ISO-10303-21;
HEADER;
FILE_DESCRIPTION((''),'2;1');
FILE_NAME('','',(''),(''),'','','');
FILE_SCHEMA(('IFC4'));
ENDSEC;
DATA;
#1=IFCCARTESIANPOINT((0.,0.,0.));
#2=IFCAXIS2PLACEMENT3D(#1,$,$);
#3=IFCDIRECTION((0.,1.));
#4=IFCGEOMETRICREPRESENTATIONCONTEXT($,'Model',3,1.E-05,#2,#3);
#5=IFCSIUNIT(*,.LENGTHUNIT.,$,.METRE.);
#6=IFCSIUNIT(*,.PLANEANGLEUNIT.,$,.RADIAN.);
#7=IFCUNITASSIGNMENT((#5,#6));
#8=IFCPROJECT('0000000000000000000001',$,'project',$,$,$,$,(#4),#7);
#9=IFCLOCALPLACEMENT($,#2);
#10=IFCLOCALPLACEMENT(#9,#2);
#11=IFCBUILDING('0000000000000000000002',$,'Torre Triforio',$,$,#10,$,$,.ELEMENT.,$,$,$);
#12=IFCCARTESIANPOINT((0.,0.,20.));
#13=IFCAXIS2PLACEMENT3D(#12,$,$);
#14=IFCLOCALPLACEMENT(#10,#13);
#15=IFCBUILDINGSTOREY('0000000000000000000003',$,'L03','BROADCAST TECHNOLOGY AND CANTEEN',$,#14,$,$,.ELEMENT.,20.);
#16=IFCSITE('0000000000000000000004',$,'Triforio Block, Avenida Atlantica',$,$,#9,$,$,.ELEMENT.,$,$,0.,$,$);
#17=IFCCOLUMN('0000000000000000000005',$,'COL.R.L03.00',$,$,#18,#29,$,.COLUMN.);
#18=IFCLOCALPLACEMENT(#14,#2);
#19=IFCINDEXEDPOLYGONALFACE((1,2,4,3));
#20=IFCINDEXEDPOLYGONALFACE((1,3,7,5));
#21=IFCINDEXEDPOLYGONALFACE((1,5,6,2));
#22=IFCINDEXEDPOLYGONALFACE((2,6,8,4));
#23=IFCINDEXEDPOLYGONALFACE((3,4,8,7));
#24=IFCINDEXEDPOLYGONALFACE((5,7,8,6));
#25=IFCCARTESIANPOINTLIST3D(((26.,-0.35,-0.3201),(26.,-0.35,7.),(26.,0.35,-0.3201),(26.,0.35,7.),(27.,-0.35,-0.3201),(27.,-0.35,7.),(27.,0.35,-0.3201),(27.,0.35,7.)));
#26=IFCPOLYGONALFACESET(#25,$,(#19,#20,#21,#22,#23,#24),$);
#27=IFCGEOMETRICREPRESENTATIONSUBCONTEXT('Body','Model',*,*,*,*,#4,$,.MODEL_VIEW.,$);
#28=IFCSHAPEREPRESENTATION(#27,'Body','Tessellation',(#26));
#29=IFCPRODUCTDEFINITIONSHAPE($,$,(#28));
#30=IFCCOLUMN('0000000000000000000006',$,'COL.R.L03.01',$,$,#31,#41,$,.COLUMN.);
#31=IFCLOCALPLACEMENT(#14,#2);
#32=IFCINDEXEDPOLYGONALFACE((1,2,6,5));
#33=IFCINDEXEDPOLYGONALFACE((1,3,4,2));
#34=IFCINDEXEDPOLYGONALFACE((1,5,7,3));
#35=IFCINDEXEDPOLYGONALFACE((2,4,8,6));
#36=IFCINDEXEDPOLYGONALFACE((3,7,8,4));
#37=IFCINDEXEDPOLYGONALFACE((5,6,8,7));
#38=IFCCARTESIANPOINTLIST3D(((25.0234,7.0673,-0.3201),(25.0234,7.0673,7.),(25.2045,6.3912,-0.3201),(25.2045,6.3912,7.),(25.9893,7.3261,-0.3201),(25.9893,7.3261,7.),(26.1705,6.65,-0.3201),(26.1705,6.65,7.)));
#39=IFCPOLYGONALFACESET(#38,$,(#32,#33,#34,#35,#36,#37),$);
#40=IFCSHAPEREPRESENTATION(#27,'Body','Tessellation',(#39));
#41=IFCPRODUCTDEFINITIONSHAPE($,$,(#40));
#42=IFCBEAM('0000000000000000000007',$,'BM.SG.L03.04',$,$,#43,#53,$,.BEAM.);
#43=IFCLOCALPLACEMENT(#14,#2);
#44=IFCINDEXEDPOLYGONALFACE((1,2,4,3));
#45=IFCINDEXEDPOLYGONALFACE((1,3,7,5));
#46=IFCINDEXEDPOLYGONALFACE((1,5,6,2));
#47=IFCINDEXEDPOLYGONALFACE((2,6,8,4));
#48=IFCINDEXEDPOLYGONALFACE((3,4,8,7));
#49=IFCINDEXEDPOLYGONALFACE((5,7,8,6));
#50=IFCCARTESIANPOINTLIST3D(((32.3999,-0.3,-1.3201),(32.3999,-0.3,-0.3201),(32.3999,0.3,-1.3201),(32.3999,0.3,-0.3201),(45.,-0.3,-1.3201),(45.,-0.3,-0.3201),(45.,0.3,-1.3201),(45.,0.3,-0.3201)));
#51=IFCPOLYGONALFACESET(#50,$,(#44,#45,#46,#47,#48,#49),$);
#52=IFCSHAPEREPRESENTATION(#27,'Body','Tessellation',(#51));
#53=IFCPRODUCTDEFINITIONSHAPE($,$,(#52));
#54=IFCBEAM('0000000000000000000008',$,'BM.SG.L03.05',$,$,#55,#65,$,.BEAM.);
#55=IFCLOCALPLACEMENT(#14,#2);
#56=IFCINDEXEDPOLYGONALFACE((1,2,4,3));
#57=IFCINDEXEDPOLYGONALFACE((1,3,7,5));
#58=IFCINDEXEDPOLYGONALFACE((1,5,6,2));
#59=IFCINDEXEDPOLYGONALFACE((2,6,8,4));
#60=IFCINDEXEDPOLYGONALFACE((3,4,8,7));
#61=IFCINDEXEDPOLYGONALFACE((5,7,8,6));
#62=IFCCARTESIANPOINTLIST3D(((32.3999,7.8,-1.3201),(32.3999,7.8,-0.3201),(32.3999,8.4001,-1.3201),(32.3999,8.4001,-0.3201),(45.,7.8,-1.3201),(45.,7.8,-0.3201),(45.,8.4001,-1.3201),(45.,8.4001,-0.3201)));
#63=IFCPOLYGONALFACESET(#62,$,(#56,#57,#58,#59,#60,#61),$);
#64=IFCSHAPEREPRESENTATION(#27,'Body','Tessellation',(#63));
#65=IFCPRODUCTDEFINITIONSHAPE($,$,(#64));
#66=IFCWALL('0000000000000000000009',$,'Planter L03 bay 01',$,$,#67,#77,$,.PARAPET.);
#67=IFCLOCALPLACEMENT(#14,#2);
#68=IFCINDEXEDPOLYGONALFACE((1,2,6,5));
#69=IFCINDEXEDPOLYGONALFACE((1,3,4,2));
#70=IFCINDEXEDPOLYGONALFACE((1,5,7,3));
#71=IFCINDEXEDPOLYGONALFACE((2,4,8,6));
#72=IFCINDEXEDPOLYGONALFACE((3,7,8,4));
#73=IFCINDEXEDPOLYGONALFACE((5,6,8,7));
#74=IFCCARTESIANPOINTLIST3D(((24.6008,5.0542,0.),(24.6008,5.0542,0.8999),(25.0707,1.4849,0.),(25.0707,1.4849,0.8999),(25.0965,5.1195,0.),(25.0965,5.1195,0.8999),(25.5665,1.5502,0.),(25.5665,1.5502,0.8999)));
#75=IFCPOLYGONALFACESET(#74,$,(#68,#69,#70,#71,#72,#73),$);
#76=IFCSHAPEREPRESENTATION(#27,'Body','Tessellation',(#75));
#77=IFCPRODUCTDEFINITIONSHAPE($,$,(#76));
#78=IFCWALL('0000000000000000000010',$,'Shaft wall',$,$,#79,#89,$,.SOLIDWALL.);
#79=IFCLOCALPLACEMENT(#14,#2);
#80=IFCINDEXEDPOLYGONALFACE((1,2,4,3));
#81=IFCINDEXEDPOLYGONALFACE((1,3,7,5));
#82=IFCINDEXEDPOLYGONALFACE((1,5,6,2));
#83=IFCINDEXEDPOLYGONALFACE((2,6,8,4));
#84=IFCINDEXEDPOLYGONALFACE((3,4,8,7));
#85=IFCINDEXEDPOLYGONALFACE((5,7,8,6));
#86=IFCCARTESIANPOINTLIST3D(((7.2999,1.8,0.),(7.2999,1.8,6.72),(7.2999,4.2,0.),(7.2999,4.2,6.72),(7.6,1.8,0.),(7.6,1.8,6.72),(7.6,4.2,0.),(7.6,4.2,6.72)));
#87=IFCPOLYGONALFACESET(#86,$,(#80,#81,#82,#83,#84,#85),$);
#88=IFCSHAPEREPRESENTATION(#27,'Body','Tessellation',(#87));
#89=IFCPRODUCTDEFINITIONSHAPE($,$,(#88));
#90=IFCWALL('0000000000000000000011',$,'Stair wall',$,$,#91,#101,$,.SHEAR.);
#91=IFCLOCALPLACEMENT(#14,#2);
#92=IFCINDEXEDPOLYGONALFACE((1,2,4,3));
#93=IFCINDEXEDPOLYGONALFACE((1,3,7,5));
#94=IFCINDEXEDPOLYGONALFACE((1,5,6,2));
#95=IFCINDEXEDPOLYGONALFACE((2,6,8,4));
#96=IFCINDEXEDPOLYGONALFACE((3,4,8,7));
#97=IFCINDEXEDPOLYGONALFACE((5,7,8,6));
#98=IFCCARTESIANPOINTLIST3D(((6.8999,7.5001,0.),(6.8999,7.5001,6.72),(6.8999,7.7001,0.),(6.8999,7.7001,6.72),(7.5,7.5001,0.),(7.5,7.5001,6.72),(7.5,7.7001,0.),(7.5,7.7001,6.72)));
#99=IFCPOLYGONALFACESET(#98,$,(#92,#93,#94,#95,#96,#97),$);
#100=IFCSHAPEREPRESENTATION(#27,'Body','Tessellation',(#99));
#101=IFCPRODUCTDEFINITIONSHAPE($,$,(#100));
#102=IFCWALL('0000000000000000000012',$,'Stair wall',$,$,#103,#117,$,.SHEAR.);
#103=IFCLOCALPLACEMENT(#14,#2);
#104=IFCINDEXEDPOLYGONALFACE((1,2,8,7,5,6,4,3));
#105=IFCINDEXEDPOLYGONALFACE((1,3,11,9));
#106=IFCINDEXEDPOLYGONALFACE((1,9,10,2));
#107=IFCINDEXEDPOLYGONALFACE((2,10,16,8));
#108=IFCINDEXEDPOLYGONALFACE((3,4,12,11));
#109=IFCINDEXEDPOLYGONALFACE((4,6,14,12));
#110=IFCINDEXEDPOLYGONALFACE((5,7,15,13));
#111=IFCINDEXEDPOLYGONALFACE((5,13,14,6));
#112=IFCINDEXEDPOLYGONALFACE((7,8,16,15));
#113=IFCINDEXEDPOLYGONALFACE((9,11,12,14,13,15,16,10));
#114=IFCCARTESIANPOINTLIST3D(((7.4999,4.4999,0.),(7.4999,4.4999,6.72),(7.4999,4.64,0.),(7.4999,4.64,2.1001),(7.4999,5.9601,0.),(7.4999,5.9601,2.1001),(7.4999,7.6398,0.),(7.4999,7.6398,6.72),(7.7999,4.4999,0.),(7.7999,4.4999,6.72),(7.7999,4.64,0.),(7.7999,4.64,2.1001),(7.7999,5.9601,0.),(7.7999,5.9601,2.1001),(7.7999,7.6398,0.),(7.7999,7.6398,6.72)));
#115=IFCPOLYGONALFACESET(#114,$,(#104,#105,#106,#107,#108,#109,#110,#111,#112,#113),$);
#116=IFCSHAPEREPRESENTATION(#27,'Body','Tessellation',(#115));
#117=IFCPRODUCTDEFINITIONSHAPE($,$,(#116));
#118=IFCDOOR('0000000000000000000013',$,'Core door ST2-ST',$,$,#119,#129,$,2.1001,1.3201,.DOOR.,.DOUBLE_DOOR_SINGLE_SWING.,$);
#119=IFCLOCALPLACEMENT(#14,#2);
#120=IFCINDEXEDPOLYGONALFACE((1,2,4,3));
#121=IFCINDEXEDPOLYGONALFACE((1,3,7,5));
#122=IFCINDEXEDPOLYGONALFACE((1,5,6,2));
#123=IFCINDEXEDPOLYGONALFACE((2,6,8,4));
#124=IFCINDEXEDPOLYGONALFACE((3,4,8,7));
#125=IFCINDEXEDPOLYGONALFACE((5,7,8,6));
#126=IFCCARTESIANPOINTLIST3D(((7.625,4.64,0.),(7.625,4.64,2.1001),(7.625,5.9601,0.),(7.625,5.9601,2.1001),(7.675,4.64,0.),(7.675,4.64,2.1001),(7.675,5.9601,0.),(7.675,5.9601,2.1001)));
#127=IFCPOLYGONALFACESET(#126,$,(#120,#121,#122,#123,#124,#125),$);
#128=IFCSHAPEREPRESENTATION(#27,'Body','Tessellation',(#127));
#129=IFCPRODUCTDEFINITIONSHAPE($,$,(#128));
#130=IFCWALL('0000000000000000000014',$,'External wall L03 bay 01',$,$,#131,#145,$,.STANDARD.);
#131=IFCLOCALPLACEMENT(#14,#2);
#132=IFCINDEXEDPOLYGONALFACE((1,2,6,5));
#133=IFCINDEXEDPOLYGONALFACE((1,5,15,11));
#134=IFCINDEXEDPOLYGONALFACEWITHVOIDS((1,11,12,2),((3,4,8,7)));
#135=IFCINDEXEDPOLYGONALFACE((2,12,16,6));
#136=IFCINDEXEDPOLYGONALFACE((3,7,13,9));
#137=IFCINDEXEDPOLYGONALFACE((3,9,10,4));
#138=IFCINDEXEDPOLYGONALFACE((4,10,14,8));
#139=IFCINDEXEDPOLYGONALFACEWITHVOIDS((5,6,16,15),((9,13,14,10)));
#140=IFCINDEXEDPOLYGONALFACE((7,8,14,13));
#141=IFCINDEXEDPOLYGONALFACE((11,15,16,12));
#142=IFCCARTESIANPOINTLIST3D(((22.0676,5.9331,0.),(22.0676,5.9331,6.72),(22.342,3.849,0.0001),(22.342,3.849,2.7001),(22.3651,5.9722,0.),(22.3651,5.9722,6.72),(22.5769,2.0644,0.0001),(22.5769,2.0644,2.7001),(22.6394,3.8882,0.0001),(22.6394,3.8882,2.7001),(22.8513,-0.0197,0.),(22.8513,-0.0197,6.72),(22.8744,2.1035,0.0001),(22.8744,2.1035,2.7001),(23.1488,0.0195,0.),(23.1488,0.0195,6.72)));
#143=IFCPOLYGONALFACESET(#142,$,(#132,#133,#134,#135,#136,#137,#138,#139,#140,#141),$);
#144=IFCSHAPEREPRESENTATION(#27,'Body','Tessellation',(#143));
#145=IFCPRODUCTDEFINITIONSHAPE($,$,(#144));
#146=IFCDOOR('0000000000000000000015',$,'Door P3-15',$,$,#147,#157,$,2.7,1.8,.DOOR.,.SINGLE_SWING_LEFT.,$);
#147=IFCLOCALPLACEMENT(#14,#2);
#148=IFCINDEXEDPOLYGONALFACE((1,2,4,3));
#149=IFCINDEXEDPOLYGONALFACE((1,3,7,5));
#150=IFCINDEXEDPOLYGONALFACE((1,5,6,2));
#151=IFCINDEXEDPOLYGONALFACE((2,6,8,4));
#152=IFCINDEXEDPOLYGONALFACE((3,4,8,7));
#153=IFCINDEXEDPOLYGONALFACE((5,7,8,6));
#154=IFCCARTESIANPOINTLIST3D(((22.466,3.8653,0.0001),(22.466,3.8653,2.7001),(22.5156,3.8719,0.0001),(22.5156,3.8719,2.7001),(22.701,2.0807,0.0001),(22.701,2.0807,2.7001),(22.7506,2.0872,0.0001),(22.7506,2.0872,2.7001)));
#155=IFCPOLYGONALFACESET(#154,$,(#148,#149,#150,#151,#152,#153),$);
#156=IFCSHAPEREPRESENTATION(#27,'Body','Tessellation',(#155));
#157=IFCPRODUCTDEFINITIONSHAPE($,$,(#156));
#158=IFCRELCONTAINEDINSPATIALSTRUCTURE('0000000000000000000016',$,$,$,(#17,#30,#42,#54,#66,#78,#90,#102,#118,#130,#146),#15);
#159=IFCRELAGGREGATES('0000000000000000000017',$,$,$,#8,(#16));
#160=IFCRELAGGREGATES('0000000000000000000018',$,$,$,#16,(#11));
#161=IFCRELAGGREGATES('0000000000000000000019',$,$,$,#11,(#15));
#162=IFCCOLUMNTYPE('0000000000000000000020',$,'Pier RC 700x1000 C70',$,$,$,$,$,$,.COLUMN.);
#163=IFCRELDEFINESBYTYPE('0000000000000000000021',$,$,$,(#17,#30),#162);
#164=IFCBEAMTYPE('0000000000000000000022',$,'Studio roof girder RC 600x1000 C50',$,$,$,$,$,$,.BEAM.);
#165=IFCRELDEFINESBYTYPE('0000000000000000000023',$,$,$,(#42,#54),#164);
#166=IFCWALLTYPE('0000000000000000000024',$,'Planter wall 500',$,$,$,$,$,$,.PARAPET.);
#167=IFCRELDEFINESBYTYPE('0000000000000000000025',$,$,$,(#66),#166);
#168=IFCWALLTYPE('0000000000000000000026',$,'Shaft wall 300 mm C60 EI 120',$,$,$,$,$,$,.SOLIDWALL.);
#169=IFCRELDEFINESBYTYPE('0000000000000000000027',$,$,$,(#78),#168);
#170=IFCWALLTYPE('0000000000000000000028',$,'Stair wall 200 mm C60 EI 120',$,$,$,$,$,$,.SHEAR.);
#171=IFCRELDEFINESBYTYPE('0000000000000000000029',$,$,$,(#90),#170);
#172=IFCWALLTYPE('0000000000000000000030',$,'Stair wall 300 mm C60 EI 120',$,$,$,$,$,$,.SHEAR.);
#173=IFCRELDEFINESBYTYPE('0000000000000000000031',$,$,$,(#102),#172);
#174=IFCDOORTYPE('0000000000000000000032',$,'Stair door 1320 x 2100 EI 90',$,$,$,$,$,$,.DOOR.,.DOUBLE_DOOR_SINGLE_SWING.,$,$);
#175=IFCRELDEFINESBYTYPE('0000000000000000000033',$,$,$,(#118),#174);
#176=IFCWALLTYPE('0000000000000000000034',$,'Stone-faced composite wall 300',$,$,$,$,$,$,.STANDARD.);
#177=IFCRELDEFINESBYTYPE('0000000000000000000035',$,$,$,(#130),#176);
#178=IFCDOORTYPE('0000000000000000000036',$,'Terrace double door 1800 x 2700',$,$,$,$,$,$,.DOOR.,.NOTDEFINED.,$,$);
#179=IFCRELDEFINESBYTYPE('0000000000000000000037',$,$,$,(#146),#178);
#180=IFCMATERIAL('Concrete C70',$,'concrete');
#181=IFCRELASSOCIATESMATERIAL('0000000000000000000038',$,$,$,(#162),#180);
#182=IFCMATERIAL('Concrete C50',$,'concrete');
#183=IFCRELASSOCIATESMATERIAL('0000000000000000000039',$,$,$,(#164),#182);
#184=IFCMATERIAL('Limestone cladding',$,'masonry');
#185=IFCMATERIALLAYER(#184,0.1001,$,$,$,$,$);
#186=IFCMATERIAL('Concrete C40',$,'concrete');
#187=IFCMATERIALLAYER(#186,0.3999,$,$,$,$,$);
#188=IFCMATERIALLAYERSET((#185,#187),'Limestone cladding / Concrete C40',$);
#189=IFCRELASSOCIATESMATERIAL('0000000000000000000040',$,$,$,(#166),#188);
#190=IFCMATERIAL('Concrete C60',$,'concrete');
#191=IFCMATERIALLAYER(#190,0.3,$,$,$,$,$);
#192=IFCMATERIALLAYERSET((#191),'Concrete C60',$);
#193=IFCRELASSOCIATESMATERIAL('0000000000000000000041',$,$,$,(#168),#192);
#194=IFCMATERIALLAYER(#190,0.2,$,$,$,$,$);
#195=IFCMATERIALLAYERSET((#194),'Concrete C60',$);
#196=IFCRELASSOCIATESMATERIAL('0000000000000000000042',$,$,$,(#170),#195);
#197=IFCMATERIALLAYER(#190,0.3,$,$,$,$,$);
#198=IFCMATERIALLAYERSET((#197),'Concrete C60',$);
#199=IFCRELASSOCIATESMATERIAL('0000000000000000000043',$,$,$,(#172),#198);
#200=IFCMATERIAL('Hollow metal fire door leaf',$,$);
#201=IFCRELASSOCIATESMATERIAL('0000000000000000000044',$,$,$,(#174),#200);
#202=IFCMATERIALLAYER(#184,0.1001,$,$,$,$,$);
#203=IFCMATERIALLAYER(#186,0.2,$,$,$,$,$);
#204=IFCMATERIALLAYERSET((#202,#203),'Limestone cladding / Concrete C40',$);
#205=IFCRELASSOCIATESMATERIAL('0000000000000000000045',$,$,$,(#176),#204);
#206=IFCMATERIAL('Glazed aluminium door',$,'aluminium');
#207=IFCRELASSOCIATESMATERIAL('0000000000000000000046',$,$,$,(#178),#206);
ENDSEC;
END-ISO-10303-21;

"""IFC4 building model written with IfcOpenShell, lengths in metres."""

from ifc_helpers import new_model, si_unit, direction, frame, frame_2d, origin, origin_2d, place, context, subcontext, project, spatial, rectangle, extrude, material, layer, layer_set, material_profile, profile_set, type_object, element, fill, save


model = new_model("IFC4")

# Units and contexts
model_context = context("Model", 3, precision=1e-05, world=origin(), true_north=direction((0.0, 1.0)))
body_context = subcontext(model_context, "Body", "Model", "MODEL_VIEW")
ifc_project = project(units=[si_unit("LENGTHUNIT", "METRE"), si_unit("PLANEANGLEUNIT", "RADIAN")], contexts=[model_context])

# Site, building, storey
site_placement = place(None, origin())
site = spatial("IfcSite", under=ifc_project, at=site_placement, Name="Triforio Block, Avenida Atlantica", CompositionType="ELEMENT", RefElevation=0.0)
building_placement = place(site_placement, origin())
building = spatial("IfcBuilding", under=site, at=building_placement, Name="Torre Triforio", CompositionType="ELEMENT")
storey_placement = place(building_placement, frame((0.0, 0.0, 20.0)))
storey = spatial("IfcBuildingStorey", under=building, at=storey_placement, Name="L03", Description="BROADCAST TECHNOLOGY AND CANTEEN", CompositionType="ELEMENT", Elevation=20.0)

# Columns
ifc_material_1 = material(Name="Concrete C70", Category="concrete")
ifc_material_profile_1 = material_profile(ifc_material_1, rectangle(XDim=0.7, YDim=1.0, at=origin_2d()), Name="RC 700x1000")
ifc_profile_set_1 = profile_set([ifc_material_profile_1], Name="Concrete C70")
column_type = type_object("IfcColumnType", Name="Pier RC 700x1000 C70", PredefinedType="COLUMN", material=ifc_profile_set_1)
for number, where, z_axis, x_axis, name in (
    (1, (26.5, 0.0, -0.3201), (0.0, 0.0, 1.0), (0.0, 1.0, 0.0), "COL.R.L03.00"),
    (2, (25.5969, 6.8586, -0.3201), (0.0, 0.0, 1.0), (-0.258819, 0.965926, 0.0), "COL.R.L03.01"),
):
    element("IfcColumn", number, at=place(storey_placement, frame(where, z_axis=z_axis, x_axis=x_axis)), inside=storey, type_object=column_type, Name=name, PredefinedType="COLUMN", context=body_context, shape_type="SweptSolid", body=[
        extrude(rectangle(XDim=0.7, YDim=1.0, at=origin_2d()), origin(), (0.0, 0.0, 1.0), 7.3201),
    ])

# Beams
ifc_material_2 = material(Name="Concrete C50", Category="concrete")
ifc_material_profile_2 = material_profile(ifc_material_2, rectangle(XDim=0.6001, YDim=1.0, at=origin_2d()), Name="RC 600x1000")
ifc_profile_set_2 = profile_set([ifc_material_profile_2], Name="Concrete C50")
beam_type = type_object("IfcBeamType", Name="Studio roof girder RC 600x1000 C50", PredefinedType="BEAM", material=ifc_profile_set_2)
for number, where, z_axis, x_axis, name in (
    (3, (32.3999, 0.0, -0.8201), (1.0, 0.0, 0.0), (0.0, 1.0, 0.0), "BM.SG.L03.04"),
    (4, (32.3999, 8.1001, -0.8201), (1.0, 0.0, 0.0), (0.0, 1.0, 0.0), "BM.SG.L03.05"),
):
    element("IfcBeam", number, at=place(storey_placement, frame(where, z_axis=z_axis, x_axis=x_axis)), inside=storey, type_object=beam_type, Name=name, PredefinedType="BEAM", context=body_context, shape_type="SweptSolid", body=[
        extrude(rectangle(XDim=0.6001, YDim=1.0, at=origin_2d()), origin(), (0.0, 0.0, 1.0), 12.6001),
    ])

# Walls
ifc_material_3 = material(Name="Limestone cladding", Category="masonry")
ifc_layer_1 = layer(ifc_material_3, 0.1001)
ifc_material_4 = material(Name="Concrete C40", Category="concrete")
ifc_layer_2 = layer(ifc_material_4, 0.3999)
ifc_layer_set_1 = layer_set([ifc_layer_1, ifc_layer_2], Name="Limestone cladding / Concrete C40")
wall_type_1 = type_object("IfcWallType", Name="Planter wall 500", PredefinedType="PARAPET", material=ifc_layer_set_1)
wall_1_placement = place(storey_placement, frame((25.3186, 1.5176, 0.0), z_axis=(0.0, 0.0, 1.0), x_axis=(-0.130542, 0.991443, 0.0)))
element("IfcWall", 5, at=wall_1_placement, inside=storey, type_object=wall_type_1, Name="Planter L03 bay 01", PredefinedType="PARAPET", context=body_context, shape_type="SweptSolid", body=[
    extrude(rectangle(XDim=3.6001, YDim=0.5, at=frame_2d((1.8, 0.0))), origin(), (0.0, 0.0, 1.0), 0.8999),
])
ifc_material_5 = material(Name="Concrete C60", Category="concrete")
ifc_layer_3 = layer(ifc_material_5, 0.3)
ifc_layer_set_2 = layer_set([ifc_layer_3], Name="Concrete C60")
wall_type_2 = type_object("IfcWallType", Name="Shaft wall 300 mm C60 EI 120", PredefinedType="SOLIDWALL", material=ifc_layer_set_2)
wall_2_placement = place(storey_placement, frame((7.45, 1.8, 0.0), z_axis=(0.0, 0.0, 1.0), x_axis=(0.0, 1.0, 0.0)))
element("IfcWall", 6, at=wall_2_placement, inside=storey, type_object=wall_type_2, Name="Shaft wall", PredefinedType="SOLIDWALL", context=body_context, shape_type="SweptSolid", body=[
    extrude(rectangle(XDim=2.3999, YDim=0.3, at=frame_2d((1.2, 0.0))), origin(), (0.0, 0.0, 1.0), 6.72),
])
ifc_layer_4 = layer(ifc_material_5, 0.2)
ifc_layer_set_3 = layer_set([ifc_layer_4], Name="Concrete C60")
wall_type_3 = type_object("IfcWallType", Name="Stair wall 200 mm C60 EI 120", PredefinedType="SHEAR", material=ifc_layer_set_3)
wall_3_placement = place(storey_placement, frame((6.8999, 7.6001, 0.0), z_axis=(0.0, 0.0, 1.0), x_axis=(1.0, 0.0, 0.0)))
element("IfcWall", 7, at=wall_3_placement, inside=storey, type_object=wall_type_3, Name="Stair wall", PredefinedType="SHEAR", context=body_context, shape_type="SweptSolid", body=[
    extrude(rectangle(XDim=0.6001, YDim=0.2, at=frame_2d((0.3, 0.0))), origin(), (0.0, 0.0, 1.0), 6.72),
])

# Walls, openings, doors
ifc_layer_5 = layer(ifc_material_5, 0.3)
ifc_layer_set_4 = layer_set([ifc_layer_5], Name="Concrete C60")
wall_type_4 = type_object("IfcWallType", Name="Stair wall 300 mm C60 EI 120", PredefinedType="SHEAR", material=ifc_layer_set_4)
wall_4_placement = place(storey_placement, frame((7.6499, 4.5, 0.0), z_axis=(0.0, 0.0, 1.0), x_axis=(0.0, 1.0, 0.0)))
wall_4 = element("IfcWall", 8, at=wall_4_placement, inside=storey, type_object=wall_type_4, Name="Stair wall", PredefinedType="SHEAR", context=body_context, shape_type="SweptSolid", body=[
    extrude(rectangle(XDim=3.1399, YDim=0.3, at=frame_2d((1.5698, 0.0))), origin(), (0.0, 0.0, 1.0), 6.72),
])
opening_1_placement = place(wall_4_placement, frame((0.1399, 0.0, 0.0)))
opening_1 = element("IfcOpeningElement", 9, at=opening_1_placement, cuts=wall_4, PredefinedType="OPENING", context=body_context, shape_type="SweptSolid", body=[
    extrude(rectangle(XDim=1.3201, YDim=2.1001, at=frame_2d((0.6602, 1.05))), frame((0.0, 0.1599, 0.0), z_axis=(0.0, -1.0, 0.0), x_axis=(1.0, 0.0, 0.0)), (0.0, 0.0, 1.0), 0.3201),
])
ifc_material_6 = material(Name="Hollow metal fire door leaf")
door_type_1 = type_object("IfcDoorType", Name="Stair door 1320 x 2100 EI 90", OperationType="DOUBLE_DOOR_SINGLE_SWING", PredefinedType="DOOR", material=ifc_material_6)
door_1_placement = place(opening_1_placement, origin())
door_1 = element("IfcDoor", 10, at=door_1_placement, inside=storey, type_object=door_type_1, Name="Core door ST2-ST", OperationType="DOUBLE_DOOR_SINGLE_SWING", OverallHeight=2.1001, OverallWidth=1.3201, PredefinedType="DOOR", context=body_context, shape_type="SweptSolid", body=[
    extrude(rectangle(XDim=1.3201, YDim=2.1001, at=frame_2d((0.6602, 1.05))), frame((0.0, 0.0249, 0.0), z_axis=(0.0, -1.0, 0.0), x_axis=(1.0, 0.0, 0.0)), (0.0, 0.0, 1.0), 0.05),
])
fill(opening_1, door_1)
ifc_layer_6 = layer(ifc_material_3, 0.1001)
ifc_layer_7 = layer(ifc_material_4, 0.2)
ifc_layer_set_5 = layer_set([ifc_layer_6, ifc_layer_7], Name="Limestone cladding / Concrete C40")
wall_type_5 = type_object("IfcWallType", Name="Stone-faced composite wall 300", PredefinedType="STANDARD", material=ifc_layer_set_5)
wall_5_placement = place(storey_placement, frame((23.0, 0.0, 0.0), z_axis=(0.0, 0.0, 1.0), x_axis=(-0.130523, 0.991445, 0.0)))
wall_5 = element("IfcWall", 11, at=wall_5_placement, inside=storey, type_object=wall_type_5, Name="External wall L03 bay 01", PredefinedType="STANDARD", context=body_context, shape_type="SweptSolid", body=[
    extrude(rectangle(XDim=6.0042, YDim=0.3, at=frame_2d((3.002, 0.0))), origin(), (0.0, 0.0, 1.0), 6.72),
])
opening_2_placement = place(wall_5_placement, frame((2.1021, 0.0, 0.0)))
opening_2 = element("IfcOpeningElement", 12, at=opening_2_placement, cuts=wall_5, PredefinedType="OPENING", context=body_context, shape_type="SweptSolid", body=[
    extrude(rectangle(XDim=1.8, YDim=2.7, at=frame_2d((0.8999, 1.3501))), frame((0.0, 0.1599, 0.0), z_axis=(0.0, -1.0, 0.0), x_axis=(1.0, 0.0, 0.0)), (0.0, 0.0, 1.0), 0.3201),
])
ifc_material_7 = material(Name="Glazed aluminium door", Category="aluminium")
door_type_2 = type_object("IfcDoorType", Name="Terrace double door 1800 x 2700", OperationType="NOTDEFINED", PredefinedType="DOOR", material=ifc_material_7)
door_2_placement = place(opening_2_placement, origin())
door_2 = element("IfcDoor", 13, at=door_2_placement, inside=storey, type_object=door_type_2, Name="Door P3-15", OperationType="SINGLE_SWING_LEFT", OverallHeight=2.7, OverallWidth=1.8, PredefinedType="DOOR", context=body_context, shape_type="SweptSolid", body=[
    extrude(rectangle(XDim=1.8, YDim=2.7, at=frame_2d((0.8999, 1.3501))), frame((0.0, 0.0249, 0.0), z_axis=(0.0, -1.0, 0.0), x_axis=(1.0, 0.0, 0.0)), (0.0, 0.0, 1.0), 0.05),
])
fill(opening_2, door_2)

save(model, "model.ifc")
